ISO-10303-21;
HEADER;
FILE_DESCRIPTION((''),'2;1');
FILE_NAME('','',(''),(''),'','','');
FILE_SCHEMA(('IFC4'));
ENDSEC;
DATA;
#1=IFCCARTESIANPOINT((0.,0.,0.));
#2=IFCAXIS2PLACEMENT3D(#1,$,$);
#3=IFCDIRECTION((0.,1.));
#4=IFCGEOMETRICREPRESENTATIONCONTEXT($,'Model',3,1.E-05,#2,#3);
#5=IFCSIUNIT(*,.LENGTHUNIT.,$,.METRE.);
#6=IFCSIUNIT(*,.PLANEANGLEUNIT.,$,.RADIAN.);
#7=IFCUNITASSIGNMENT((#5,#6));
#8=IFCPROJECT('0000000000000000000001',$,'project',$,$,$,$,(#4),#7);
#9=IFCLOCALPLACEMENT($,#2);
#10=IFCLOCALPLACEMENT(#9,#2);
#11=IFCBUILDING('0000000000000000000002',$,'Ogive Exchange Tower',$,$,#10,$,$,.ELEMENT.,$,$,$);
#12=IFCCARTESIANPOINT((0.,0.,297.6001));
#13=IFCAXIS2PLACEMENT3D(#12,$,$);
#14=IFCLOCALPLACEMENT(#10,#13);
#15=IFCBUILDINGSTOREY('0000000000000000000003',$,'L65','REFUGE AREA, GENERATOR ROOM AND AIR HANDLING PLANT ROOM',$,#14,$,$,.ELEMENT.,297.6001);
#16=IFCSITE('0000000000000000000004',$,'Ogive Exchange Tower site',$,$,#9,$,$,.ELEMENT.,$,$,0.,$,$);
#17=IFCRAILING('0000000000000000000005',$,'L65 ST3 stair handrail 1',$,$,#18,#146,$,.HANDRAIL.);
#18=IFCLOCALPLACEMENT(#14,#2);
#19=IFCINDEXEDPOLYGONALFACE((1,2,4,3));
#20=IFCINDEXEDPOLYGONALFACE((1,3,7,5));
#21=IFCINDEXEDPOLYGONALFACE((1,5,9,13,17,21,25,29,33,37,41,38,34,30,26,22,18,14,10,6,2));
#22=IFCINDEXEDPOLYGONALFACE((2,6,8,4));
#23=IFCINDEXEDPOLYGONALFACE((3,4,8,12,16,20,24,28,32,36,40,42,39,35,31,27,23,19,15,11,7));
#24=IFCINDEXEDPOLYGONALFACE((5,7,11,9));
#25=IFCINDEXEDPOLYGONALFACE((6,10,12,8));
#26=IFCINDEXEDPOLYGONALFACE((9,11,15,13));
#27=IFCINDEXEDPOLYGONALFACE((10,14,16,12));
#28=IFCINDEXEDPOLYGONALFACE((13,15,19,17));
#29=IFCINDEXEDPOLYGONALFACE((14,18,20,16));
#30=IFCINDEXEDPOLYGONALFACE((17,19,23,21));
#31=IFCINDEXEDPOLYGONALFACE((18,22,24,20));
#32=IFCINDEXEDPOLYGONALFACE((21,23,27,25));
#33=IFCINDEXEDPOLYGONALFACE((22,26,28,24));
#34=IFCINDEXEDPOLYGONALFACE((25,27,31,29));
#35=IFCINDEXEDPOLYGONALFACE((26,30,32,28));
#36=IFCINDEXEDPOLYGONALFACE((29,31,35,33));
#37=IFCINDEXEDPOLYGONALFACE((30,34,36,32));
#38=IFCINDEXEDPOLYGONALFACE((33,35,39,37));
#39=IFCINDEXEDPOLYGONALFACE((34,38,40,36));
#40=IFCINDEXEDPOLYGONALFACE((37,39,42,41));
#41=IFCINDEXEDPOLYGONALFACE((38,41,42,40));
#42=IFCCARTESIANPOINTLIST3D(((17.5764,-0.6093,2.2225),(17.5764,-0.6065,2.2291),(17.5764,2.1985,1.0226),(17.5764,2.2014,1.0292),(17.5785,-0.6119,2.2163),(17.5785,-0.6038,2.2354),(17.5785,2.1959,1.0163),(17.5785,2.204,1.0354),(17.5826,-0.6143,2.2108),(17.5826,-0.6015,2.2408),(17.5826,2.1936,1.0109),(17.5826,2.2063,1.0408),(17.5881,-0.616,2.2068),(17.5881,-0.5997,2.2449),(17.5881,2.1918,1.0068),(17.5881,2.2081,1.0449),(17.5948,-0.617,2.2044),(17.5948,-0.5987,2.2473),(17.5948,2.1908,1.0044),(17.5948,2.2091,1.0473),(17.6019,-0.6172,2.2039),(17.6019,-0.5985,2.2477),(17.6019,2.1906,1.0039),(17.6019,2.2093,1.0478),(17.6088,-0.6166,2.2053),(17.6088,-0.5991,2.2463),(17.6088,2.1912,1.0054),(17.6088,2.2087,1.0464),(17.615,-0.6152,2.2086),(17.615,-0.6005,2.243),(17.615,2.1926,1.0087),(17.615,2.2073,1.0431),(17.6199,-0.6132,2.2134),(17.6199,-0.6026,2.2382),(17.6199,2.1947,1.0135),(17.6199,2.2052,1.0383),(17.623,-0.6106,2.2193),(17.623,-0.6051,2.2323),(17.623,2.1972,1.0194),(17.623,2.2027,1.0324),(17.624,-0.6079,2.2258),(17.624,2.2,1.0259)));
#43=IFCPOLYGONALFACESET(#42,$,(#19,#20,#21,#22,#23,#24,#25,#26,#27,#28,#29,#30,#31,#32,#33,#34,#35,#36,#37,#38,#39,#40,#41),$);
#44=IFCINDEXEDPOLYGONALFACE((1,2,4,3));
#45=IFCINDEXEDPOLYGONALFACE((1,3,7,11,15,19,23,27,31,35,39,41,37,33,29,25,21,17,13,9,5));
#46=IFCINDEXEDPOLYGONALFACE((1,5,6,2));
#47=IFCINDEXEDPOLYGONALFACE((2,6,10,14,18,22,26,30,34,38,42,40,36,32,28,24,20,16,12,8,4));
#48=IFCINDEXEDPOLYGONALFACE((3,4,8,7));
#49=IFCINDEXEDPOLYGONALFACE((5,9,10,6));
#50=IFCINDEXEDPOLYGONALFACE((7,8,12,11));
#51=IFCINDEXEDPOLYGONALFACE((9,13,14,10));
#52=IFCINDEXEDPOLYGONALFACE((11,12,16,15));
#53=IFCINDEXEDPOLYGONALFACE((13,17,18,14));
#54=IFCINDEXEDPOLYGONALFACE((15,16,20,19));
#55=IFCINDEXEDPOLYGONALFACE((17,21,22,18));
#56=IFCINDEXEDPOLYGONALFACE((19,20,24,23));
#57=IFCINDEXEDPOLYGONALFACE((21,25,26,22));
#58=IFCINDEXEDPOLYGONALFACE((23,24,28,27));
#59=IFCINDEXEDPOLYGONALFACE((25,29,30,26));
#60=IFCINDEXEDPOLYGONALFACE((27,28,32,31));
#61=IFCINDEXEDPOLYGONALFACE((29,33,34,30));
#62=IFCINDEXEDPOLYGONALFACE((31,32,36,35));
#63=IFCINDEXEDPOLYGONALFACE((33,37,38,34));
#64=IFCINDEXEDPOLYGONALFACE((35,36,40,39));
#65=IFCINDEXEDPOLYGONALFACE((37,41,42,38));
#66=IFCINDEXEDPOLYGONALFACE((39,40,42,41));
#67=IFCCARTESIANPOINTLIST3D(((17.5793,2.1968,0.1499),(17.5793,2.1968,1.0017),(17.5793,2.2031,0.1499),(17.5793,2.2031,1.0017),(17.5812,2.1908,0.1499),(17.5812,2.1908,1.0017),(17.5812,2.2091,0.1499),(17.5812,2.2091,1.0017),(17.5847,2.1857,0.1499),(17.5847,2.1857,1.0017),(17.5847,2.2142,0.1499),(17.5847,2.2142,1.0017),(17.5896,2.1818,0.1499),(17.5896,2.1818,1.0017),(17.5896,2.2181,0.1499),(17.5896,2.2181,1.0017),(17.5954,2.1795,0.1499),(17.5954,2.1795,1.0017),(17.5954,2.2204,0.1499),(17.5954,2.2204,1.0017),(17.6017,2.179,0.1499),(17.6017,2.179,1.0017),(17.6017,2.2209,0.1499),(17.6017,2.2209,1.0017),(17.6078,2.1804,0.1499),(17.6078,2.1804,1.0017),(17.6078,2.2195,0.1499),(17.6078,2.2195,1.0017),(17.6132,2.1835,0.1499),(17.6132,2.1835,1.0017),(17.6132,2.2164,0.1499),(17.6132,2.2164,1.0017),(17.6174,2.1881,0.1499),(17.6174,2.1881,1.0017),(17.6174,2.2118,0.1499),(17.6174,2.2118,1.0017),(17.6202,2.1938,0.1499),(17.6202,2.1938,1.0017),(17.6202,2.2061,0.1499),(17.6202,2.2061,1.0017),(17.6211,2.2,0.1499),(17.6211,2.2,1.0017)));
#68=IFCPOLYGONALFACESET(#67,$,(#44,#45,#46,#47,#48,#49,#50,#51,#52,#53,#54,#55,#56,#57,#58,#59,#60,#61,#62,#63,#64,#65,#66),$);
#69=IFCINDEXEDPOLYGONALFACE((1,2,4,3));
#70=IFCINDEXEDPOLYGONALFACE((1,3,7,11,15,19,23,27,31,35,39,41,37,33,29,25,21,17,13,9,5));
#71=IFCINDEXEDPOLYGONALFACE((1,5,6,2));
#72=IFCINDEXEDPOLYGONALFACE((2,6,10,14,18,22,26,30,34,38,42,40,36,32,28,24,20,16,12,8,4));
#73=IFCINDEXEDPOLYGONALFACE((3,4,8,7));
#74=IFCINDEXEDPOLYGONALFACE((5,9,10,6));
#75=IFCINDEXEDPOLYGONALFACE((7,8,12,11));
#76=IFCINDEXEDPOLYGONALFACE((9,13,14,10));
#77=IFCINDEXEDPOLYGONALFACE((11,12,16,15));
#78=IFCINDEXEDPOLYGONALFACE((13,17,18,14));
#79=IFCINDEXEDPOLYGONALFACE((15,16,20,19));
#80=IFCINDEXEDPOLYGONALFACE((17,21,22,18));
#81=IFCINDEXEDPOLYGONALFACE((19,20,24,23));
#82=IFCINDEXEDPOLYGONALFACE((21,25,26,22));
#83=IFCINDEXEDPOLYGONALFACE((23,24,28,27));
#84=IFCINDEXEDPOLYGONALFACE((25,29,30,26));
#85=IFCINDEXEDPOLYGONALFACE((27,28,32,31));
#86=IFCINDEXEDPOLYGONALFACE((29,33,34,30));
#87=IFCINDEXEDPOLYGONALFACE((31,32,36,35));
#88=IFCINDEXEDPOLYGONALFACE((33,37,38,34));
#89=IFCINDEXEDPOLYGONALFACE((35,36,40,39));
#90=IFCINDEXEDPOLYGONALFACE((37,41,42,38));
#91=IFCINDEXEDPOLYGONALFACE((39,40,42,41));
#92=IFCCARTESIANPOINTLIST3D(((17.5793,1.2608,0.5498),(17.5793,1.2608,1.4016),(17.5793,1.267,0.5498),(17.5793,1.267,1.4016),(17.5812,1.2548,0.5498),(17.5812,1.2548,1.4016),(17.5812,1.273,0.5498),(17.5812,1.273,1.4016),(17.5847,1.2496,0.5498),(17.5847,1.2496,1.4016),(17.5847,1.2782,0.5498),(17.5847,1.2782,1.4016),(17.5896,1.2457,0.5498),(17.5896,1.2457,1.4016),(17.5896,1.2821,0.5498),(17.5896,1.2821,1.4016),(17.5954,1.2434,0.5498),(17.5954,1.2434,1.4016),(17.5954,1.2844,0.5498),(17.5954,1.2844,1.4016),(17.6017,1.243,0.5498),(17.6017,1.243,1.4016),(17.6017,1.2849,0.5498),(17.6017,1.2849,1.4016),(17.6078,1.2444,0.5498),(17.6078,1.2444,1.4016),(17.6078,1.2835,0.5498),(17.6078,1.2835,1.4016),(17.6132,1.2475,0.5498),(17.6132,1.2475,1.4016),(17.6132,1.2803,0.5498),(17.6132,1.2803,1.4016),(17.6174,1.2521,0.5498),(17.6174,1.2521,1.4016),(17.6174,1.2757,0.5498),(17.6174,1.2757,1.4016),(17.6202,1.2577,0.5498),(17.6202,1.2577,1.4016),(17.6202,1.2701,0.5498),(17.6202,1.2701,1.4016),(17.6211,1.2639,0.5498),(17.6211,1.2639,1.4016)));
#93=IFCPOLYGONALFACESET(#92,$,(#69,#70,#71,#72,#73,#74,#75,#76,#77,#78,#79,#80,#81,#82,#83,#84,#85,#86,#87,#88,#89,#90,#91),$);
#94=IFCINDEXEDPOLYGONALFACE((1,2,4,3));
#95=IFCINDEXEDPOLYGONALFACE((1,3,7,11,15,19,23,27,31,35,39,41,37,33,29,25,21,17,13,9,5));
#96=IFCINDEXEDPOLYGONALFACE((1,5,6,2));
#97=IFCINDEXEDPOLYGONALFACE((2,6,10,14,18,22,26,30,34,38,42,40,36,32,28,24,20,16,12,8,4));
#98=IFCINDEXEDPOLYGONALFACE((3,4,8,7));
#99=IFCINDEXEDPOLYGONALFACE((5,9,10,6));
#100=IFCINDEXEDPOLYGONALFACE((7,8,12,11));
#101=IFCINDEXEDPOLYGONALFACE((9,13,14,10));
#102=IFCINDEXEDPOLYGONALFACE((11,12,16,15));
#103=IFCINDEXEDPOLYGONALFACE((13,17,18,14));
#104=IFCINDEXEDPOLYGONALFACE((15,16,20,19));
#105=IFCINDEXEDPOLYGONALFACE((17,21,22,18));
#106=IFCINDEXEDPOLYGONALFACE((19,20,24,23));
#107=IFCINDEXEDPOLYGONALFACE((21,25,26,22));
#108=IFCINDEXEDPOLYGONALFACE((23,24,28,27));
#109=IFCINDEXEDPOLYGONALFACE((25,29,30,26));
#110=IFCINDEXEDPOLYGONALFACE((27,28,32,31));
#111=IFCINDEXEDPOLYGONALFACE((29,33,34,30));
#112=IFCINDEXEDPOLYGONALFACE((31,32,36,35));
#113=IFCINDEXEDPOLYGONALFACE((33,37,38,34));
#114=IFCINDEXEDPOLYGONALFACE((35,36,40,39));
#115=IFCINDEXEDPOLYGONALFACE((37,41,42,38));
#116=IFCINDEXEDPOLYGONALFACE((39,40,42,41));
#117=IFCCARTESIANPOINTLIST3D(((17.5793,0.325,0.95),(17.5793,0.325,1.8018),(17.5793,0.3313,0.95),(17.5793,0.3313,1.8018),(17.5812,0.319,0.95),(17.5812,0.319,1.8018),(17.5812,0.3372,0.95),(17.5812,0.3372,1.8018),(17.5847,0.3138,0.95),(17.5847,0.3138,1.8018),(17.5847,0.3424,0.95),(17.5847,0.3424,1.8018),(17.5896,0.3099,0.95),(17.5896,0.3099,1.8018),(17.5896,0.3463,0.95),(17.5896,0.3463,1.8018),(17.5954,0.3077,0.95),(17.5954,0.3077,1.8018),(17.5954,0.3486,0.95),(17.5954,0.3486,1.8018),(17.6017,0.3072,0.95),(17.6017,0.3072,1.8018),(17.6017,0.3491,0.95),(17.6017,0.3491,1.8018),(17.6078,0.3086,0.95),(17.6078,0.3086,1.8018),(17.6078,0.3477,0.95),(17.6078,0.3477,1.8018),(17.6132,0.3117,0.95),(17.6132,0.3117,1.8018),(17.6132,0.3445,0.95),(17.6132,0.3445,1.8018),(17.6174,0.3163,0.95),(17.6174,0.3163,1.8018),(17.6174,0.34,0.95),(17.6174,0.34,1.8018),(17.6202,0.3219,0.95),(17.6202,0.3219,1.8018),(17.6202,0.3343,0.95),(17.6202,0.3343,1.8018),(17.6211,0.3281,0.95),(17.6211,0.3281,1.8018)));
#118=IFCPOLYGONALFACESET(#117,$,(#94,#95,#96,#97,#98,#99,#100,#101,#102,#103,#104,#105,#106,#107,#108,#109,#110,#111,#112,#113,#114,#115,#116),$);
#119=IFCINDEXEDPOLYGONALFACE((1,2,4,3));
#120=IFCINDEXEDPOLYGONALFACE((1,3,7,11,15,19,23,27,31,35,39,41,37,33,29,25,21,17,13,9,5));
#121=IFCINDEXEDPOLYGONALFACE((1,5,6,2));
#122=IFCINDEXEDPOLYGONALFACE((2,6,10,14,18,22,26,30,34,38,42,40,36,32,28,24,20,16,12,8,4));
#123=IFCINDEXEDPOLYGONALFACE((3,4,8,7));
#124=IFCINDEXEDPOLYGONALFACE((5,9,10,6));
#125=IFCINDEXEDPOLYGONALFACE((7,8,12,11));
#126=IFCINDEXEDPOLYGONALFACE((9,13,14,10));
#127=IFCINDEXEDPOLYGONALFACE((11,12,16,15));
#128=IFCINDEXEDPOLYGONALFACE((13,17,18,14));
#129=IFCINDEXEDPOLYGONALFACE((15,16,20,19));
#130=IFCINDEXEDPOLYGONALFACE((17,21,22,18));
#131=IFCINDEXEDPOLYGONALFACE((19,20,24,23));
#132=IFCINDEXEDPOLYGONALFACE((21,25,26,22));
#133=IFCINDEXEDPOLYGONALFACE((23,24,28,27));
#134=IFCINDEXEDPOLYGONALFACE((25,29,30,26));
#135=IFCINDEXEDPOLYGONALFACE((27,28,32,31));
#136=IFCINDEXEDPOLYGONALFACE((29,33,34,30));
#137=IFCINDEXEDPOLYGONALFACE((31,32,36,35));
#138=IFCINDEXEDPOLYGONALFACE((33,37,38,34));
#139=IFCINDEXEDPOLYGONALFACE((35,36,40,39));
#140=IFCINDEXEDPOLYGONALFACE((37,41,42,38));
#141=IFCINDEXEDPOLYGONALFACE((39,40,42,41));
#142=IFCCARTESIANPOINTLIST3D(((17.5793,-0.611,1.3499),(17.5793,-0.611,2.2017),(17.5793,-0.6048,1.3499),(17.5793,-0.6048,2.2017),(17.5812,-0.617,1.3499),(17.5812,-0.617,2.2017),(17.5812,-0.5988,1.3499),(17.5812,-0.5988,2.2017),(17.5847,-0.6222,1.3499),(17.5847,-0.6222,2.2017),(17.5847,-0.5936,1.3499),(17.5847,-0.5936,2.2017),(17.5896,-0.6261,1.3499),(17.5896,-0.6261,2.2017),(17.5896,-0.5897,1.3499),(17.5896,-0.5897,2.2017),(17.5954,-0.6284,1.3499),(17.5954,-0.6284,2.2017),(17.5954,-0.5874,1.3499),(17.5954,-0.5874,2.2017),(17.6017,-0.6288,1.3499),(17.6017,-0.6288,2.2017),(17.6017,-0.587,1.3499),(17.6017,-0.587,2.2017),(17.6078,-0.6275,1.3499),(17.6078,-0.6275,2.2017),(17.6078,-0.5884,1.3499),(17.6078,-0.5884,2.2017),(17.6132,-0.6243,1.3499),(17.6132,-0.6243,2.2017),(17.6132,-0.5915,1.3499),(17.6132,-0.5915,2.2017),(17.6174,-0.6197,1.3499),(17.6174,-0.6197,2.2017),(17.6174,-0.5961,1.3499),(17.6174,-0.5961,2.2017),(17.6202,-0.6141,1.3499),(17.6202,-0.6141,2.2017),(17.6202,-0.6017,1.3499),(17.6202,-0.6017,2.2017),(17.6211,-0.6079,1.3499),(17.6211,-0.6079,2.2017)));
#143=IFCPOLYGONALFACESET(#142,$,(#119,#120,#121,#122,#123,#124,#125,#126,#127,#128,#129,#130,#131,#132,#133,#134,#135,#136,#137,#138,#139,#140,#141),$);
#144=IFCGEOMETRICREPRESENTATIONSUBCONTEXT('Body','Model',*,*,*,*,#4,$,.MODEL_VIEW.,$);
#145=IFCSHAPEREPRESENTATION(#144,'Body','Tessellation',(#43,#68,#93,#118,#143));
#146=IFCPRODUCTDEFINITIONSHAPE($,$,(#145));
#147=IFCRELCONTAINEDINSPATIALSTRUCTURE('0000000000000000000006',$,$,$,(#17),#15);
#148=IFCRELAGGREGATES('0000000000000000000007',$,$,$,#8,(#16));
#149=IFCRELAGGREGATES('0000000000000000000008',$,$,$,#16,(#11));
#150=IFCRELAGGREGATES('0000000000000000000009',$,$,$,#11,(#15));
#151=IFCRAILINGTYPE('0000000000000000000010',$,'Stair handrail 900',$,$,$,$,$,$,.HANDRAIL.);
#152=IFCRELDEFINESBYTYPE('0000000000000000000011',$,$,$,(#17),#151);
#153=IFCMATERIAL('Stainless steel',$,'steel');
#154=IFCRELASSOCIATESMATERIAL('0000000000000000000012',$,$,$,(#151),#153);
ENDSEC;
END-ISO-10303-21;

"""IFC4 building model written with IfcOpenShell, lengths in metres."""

from ifc_helpers import new_model, si_unit, direction, frame, origin, origin_2d, place, context, subcontext, project, spatial, circle, extrude, material, type_object, element, save


model = new_model("IFC4")

# Units and contexts
model_context = context("Model", 3, precision=1e-05, world=origin(), true_north=direction((0.0, 1.0)))
body_context = subcontext(model_context, "Body", "Model", "MODEL_VIEW")
ifc_project = project(units=[si_unit("LENGTHUNIT", "METRE"), si_unit("PLANEANGLEUNIT", "RADIAN")], contexts=[model_context])

# Site, building, storey
site_placement = place(None, origin())
site = spatial("IfcSite", under=ifc_project, at=site_placement, Name="Ogive Exchange Tower site", CompositionType="ELEMENT", RefElevation=0.0)
building_placement = place(site_placement, origin())
building = spatial("IfcBuilding", under=site, at=building_placement, Name="Ogive Exchange Tower", CompositionType="ELEMENT")
storey_placement = place(building_placement, frame((0.0, 0.0, 297.6001)))
storey = spatial("IfcBuildingStorey", under=building, at=storey_placement, Name="L65", Description="REFUGE AREA, GENERATOR ROOM AND AIR HANDLING PLANT ROOM", CompositionType="ELEMENT", Elevation=297.6001)

# Shared definitions
ifc_material_1 = material(Name="Stainless steel", Category="steel")

# Railing
railing_type = type_object("IfcRailingType", Name="Stair handrail 900", PredefinedType="HANDRAIL", material=ifc_material_1)
railing_1_placement = place(storey_placement, frame((17.6001, 2.2, 0.1499)))
element("IfcRailing", 1, at=railing_1_placement, inside=storey, type_object=railing_type, Name="L65 ST3 stair handrail 1", PredefinedType="HANDRAIL", context=body_context, shape_type="SweptSolid", body=[
    extrude(circle(Radius=0.0239, at=origin_2d()), frame((0.0, 0.0, 0.876), z_axis=(0.0, -0.91955, 0.392973), x_axis=(1.0, 0.0, 0.0)), (0.0, 0.0, 1.0), 3.0535),
    extrude(circle(Radius=0.021, at=origin_2d()), origin(), (0.0, 0.0, 1.0), 0.8518),
    extrude(circle(Radius=0.021, at=origin_2d()), frame((0.0, -0.936, 0.3999)), (0.0, 0.0, 1.0), 0.8518),
    extrude(circle(Radius=0.021, at=origin_2d()), frame((0.0, -1.8718, 0.8)), (0.0, 0.0, 1.0), 0.8518),
    extrude(circle(Radius=0.021, at=origin_2d()), frame((0.0, -2.8079, 1.2)), (0.0, 0.0, 1.0), 0.8518),
])

save(model, "model.ifc")
